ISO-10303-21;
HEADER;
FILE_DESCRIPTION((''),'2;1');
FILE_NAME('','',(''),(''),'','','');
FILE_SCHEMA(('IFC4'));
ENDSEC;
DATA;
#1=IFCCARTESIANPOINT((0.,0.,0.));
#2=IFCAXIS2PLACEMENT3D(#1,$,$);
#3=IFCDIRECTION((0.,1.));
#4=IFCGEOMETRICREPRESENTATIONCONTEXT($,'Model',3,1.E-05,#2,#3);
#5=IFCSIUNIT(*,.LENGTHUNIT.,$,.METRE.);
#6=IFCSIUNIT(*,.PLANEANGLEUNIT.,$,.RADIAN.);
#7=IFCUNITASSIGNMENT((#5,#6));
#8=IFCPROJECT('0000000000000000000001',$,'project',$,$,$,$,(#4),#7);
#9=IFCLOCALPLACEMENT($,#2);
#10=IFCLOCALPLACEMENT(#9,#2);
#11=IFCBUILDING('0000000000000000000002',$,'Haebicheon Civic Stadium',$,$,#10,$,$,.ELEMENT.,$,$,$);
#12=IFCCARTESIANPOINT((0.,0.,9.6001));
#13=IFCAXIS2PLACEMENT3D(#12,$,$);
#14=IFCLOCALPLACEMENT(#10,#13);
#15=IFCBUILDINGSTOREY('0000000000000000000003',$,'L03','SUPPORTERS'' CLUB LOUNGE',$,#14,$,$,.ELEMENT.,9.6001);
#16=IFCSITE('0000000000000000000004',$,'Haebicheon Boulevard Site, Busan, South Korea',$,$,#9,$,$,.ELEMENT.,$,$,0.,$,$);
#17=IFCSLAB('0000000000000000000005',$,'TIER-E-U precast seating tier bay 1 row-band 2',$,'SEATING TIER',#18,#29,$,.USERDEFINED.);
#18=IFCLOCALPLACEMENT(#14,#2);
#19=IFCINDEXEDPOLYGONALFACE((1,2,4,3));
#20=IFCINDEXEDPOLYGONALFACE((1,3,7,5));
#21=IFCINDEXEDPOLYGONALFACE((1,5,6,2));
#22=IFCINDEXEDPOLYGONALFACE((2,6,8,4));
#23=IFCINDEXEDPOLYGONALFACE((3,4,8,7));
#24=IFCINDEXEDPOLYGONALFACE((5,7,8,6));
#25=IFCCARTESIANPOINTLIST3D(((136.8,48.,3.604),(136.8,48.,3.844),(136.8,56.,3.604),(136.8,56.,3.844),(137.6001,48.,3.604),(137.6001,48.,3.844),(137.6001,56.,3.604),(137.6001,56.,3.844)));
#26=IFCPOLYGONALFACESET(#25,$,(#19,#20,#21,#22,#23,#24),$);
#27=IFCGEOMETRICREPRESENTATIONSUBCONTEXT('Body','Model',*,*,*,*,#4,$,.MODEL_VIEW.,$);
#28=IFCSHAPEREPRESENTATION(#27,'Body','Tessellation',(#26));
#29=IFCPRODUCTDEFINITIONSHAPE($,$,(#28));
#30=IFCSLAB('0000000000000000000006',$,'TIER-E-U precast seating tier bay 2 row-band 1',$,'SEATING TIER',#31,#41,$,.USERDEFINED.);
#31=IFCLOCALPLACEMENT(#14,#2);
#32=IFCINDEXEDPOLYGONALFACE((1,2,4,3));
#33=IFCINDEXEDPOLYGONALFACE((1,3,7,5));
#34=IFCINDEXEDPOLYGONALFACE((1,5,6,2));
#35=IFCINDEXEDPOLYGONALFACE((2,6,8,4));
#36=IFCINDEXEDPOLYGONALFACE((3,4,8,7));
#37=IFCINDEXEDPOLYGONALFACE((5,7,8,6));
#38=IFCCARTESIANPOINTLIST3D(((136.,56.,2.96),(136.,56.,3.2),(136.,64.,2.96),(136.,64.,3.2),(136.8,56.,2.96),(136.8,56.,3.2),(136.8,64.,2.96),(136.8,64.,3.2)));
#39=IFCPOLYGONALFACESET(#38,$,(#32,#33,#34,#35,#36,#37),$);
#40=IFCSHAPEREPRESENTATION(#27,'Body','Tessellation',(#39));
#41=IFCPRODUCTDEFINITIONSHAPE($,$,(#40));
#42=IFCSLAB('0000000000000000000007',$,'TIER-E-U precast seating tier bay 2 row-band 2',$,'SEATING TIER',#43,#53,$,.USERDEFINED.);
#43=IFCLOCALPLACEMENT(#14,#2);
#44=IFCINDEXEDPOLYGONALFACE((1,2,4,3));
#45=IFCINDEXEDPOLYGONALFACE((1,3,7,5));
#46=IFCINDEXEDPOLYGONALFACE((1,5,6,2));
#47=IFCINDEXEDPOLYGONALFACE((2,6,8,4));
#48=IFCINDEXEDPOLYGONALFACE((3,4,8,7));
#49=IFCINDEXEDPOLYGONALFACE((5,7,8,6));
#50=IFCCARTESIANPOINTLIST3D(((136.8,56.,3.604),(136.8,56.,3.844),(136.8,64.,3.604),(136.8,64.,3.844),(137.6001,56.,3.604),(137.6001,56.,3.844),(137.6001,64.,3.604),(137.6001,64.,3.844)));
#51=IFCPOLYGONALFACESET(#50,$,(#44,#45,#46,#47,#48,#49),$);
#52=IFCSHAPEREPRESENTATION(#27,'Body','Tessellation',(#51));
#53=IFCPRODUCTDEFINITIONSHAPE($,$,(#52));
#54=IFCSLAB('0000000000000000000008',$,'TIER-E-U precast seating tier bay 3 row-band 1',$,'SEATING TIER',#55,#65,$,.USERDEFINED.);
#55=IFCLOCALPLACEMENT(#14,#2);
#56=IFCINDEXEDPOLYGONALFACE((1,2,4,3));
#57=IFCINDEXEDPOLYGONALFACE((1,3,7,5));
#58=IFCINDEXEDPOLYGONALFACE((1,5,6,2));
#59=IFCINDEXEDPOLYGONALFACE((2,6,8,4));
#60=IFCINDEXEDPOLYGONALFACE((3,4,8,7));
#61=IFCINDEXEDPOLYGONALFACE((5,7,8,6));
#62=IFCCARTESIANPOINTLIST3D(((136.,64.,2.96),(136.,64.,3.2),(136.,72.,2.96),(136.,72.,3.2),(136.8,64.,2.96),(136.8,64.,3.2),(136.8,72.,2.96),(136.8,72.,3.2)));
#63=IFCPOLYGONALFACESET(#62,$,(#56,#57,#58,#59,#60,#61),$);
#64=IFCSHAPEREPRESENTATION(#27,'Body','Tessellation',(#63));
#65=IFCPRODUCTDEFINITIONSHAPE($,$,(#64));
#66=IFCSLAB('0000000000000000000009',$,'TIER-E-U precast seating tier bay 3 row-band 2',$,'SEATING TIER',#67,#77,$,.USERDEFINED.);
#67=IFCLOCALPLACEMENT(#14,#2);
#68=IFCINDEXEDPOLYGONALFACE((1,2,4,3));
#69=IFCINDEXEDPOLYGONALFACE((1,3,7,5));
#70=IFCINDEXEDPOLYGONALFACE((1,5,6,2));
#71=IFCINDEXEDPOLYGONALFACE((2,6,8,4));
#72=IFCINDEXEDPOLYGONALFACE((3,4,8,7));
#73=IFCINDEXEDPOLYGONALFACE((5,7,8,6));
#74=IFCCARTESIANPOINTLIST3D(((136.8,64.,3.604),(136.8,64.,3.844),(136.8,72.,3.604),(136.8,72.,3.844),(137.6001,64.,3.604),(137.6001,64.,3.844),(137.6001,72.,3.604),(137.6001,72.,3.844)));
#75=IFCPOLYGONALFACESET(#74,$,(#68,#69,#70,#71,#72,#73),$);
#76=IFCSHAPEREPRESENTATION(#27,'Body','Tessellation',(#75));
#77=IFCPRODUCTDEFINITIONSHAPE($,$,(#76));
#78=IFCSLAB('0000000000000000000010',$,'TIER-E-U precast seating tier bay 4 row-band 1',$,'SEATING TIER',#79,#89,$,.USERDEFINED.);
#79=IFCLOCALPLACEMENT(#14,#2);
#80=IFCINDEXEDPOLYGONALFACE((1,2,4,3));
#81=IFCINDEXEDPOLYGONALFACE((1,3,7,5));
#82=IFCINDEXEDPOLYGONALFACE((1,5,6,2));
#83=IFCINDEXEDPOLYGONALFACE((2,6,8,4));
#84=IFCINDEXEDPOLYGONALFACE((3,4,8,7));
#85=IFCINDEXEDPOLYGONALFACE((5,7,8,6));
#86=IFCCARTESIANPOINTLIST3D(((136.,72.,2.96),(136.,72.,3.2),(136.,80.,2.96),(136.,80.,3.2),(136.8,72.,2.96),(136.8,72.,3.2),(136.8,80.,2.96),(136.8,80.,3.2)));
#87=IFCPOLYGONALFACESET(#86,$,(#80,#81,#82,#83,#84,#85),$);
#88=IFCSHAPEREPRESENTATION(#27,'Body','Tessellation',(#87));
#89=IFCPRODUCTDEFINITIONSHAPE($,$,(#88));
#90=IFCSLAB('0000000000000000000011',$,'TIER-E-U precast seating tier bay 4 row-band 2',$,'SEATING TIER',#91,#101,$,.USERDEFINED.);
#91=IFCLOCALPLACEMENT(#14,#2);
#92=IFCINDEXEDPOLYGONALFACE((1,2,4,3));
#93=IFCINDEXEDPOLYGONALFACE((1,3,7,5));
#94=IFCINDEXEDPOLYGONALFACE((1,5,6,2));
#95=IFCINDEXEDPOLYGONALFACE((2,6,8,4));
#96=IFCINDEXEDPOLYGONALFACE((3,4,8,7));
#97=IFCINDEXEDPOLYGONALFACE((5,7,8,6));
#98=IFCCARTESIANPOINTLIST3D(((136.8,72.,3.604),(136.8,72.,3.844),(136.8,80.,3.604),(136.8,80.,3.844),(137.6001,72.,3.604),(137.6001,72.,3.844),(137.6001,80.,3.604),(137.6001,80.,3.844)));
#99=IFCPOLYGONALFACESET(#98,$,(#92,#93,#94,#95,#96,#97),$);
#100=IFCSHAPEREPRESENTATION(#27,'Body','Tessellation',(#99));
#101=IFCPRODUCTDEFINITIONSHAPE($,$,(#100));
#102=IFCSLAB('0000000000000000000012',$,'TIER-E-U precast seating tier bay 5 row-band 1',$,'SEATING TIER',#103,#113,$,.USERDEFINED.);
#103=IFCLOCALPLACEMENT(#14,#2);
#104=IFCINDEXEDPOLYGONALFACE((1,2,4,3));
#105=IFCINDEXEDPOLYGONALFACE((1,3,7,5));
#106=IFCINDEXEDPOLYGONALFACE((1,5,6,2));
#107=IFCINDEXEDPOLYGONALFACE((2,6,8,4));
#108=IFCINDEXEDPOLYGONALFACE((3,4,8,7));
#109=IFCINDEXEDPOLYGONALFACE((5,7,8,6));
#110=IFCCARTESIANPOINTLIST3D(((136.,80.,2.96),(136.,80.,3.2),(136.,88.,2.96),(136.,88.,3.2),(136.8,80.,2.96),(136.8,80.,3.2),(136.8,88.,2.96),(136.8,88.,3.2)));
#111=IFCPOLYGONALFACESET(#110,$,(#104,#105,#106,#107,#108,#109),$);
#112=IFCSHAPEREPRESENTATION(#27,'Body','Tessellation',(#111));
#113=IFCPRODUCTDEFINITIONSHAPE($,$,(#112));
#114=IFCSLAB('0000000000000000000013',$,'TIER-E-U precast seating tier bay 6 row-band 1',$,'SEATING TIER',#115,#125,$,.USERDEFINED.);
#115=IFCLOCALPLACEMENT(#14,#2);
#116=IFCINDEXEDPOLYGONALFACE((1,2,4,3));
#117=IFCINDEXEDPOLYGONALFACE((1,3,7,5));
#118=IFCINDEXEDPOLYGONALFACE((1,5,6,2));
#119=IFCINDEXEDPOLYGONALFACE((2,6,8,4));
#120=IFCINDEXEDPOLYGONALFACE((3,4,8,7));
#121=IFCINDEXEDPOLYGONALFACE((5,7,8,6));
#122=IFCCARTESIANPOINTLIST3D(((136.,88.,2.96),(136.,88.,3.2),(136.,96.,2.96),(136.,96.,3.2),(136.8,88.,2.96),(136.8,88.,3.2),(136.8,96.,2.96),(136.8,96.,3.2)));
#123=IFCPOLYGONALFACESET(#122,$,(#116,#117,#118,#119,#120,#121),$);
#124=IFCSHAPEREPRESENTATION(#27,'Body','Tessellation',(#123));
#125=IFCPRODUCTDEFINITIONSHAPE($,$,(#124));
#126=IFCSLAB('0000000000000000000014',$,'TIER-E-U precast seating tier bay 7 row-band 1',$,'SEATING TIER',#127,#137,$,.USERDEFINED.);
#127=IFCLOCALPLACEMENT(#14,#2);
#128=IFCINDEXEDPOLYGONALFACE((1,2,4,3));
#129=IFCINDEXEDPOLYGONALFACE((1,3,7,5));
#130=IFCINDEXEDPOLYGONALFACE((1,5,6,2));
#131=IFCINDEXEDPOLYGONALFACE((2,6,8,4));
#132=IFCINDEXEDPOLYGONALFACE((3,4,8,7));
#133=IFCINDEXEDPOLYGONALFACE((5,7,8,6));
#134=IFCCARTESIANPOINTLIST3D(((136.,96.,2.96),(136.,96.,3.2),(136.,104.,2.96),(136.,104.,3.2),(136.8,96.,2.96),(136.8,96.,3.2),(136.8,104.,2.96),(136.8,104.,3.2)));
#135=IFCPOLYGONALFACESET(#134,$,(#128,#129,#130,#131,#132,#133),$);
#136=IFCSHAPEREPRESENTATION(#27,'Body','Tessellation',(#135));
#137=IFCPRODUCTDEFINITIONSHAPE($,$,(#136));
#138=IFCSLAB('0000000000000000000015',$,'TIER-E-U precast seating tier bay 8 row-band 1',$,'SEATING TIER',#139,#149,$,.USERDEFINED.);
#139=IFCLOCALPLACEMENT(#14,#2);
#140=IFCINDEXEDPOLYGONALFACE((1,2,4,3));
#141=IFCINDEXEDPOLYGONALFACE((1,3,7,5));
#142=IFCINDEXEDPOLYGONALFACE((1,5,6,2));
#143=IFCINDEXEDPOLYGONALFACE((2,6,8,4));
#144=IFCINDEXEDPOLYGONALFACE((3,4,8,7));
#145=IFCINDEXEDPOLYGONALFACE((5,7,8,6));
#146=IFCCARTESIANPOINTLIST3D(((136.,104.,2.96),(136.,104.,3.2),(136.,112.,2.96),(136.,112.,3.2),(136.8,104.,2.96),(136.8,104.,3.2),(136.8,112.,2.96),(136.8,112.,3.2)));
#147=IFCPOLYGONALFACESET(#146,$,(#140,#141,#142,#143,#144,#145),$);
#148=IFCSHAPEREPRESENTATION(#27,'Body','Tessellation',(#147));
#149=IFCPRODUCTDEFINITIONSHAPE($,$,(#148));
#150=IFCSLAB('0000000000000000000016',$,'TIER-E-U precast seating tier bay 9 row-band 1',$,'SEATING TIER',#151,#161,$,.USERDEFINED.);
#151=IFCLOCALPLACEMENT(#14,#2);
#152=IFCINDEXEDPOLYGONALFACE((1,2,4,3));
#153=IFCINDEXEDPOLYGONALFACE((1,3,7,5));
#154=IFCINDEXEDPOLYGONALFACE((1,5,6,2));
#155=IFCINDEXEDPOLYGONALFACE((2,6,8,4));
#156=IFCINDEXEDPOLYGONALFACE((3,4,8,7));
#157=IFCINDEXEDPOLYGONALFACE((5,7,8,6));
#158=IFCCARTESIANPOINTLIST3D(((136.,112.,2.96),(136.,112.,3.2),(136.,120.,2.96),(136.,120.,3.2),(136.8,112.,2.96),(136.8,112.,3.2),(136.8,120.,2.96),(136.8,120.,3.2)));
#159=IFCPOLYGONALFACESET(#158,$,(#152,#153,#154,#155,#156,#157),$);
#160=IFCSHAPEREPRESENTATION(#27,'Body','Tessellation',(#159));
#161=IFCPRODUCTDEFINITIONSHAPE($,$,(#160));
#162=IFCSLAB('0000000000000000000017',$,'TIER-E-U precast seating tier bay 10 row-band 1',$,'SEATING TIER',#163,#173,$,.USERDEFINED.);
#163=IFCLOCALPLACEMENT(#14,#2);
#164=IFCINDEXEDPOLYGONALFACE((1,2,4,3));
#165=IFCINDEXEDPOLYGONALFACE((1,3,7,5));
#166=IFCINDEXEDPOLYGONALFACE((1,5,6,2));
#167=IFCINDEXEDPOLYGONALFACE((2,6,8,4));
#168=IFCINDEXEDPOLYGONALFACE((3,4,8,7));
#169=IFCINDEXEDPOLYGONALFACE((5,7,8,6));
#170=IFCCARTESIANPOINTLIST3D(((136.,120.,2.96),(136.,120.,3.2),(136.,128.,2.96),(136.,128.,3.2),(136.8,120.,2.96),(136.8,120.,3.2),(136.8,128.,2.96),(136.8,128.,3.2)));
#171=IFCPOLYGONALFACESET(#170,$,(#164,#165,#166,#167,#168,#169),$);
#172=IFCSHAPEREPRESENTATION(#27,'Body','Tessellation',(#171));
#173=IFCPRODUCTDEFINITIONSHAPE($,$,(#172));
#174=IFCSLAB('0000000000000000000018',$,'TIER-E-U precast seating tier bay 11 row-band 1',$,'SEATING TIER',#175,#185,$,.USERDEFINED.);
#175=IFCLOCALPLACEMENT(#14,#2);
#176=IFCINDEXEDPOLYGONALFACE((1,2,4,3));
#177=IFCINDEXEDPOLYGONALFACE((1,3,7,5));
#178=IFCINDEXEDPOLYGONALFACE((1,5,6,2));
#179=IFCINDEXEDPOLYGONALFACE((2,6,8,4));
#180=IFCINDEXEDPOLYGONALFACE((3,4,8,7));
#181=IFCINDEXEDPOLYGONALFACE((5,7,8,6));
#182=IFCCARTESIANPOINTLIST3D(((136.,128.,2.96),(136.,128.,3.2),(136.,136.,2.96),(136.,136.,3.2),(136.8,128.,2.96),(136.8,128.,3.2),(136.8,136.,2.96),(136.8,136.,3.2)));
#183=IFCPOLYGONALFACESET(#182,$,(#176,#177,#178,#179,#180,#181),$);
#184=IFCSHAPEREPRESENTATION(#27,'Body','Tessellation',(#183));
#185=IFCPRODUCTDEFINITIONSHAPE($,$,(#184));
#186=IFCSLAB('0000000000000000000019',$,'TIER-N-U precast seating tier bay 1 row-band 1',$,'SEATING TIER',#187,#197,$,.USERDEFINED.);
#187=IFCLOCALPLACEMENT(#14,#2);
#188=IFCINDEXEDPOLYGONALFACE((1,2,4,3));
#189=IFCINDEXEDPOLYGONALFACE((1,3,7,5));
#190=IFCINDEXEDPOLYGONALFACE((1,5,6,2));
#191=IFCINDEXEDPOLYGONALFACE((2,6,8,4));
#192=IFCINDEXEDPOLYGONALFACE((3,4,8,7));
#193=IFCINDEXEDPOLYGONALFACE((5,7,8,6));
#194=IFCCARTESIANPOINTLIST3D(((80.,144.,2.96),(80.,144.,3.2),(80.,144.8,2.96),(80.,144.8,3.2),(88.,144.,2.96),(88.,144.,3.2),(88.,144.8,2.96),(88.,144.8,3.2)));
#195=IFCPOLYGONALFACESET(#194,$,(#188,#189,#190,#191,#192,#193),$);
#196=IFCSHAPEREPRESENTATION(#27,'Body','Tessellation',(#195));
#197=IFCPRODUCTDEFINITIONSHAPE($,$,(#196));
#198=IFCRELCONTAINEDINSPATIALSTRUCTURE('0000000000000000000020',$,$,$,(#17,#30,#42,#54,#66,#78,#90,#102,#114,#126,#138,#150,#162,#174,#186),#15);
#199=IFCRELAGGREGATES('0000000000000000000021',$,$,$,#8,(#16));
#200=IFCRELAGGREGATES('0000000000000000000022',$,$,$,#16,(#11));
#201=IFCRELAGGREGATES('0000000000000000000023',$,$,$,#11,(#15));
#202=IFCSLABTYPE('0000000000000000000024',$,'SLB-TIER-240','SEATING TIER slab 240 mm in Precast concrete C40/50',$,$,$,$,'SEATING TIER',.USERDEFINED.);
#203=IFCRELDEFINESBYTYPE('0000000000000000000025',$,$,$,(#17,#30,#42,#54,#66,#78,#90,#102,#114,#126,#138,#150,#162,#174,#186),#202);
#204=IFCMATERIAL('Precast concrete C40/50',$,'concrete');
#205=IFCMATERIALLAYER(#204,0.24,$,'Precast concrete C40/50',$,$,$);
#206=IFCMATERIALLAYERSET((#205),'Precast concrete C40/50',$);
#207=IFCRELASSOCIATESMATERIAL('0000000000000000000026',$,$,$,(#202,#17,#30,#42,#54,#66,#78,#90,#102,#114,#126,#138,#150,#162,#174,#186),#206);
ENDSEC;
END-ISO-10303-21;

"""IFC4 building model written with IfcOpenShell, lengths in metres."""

from ifc_helpers import new_model, si_unit, direction, frame, origin, place, context, subcontext, project, spatial, polyline, outline, extrude, material, layer, layer_set, type_object, element, save


model = new_model("IFC4")

# Units and contexts
model_context = context("Model", 3, precision=1e-05, world=origin(), true_north=direction((0.0, 1.0)))
body_context = subcontext(model_context, "Body", "Model", "MODEL_VIEW")
ifc_project = project(units=[si_unit("LENGTHUNIT", "METRE"), si_unit("PLANEANGLEUNIT", "RADIAN")], contexts=[model_context])

# Site, building, storey
site_placement = place(None, origin())
site = spatial("IfcSite", under=ifc_project, at=site_placement, Name="Haebicheon Boulevard Site, Busan, South Korea", CompositionType="ELEMENT", RefElevation=0.0)
building_placement = place(site_placement, origin())
building = spatial("IfcBuilding", under=site, at=building_placement, Name="Haebicheon Civic Stadium", CompositionType="ELEMENT")
storey_placement = place(building_placement, frame((0.0, 0.0, 9.6001)))
storey = spatial("IfcBuildingStorey", under=building, at=storey_placement, Name="L03", Description="SUPPORTERS' CLUB LOUNGE", CompositionType="ELEMENT", Elevation=9.6001)

# Slabs
ifc_material = material(Name="Precast concrete C40/50", Category="concrete")
ifc_layer = layer(ifc_material, 0.24, Name="Precast concrete C40/50")
ifc_layer_set = layer_set([ifc_layer], Name="Precast concrete C40/50")
slab_type = type_object("IfcSlabType", Name="SLB-TIER-240", Description="SEATING TIER slab 240 mm in Precast concrete C40/50", ElementType="SEATING TIER", PredefinedType="USERDEFINED", material=ifc_layer_set)
slab_1_placement = place(storey_placement, frame((0.0, 0.0, 3.604)))
element("IfcSlab", 1, at=slab_1_placement, inside=storey, type_object=slab_type, material=ifc_layer_set, Name="TIER-E-U precast seating tier bay 1 row-band 2", ObjectType="SEATING TIER", PredefinedType="USERDEFINED", context=body_context, shape_type="SweptSolid", body=[
    extrude(outline(polyline([(136.8, 48.0), (137.6001, 48.0), (137.6001, 56.0), (136.8, 56.0), (136.8, 48.0)])), origin(), (0.0, 0.0, 1.0), 0.24),
])
slab_2_placement = place(storey_placement, frame((0.0, 0.0, 2.96)))
element("IfcSlab", 2, at=slab_2_placement, inside=storey, type_object=slab_type, material=ifc_layer_set, Name="TIER-E-U precast seating tier bay 2 row-band 1", ObjectType="SEATING TIER", PredefinedType="USERDEFINED", context=body_context, shape_type="SweptSolid", body=[
    extrude(outline(polyline([(136.0, 56.0), (136.8, 56.0), (136.8, 64.0), (136.0, 64.0), (136.0, 56.0)])), origin(), (0.0, 0.0, 1.0), 0.24),
])
slab_3_placement = place(storey_placement, frame((0.0, 0.0, 3.604)))
element("IfcSlab", 3, at=slab_3_placement, inside=storey, type_object=slab_type, material=ifc_layer_set, Name="TIER-E-U precast seating tier bay 2 row-band 2", ObjectType="SEATING TIER", PredefinedType="USERDEFINED", context=body_context, shape_type="SweptSolid", body=[
    extrude(outline(polyline([(136.8, 56.0), (137.6001, 56.0), (137.6001, 64.0), (136.8, 64.0), (136.8, 56.0)])), origin(), (0.0, 0.0, 1.0), 0.24),
])
slab_4_placement = place(storey_placement, frame((0.0, 0.0, 2.96)))
element("IfcSlab", 4, at=slab_4_placement, inside=storey, type_object=slab_type, material=ifc_layer_set, Name="TIER-E-U precast seating tier bay 3 row-band 1", ObjectType="SEATING TIER", PredefinedType="USERDEFINED", context=body_context, shape_type="SweptSolid", body=[
    extrude(outline(polyline([(136.0, 64.0), (136.8, 64.0), (136.8, 72.0), (136.0, 72.0), (136.0, 64.0)])), origin(), (0.0, 0.0, 1.0), 0.24),
])
slab_5_placement = place(storey_placement, frame((0.0, 0.0, 3.604)))
element("IfcSlab", 5, at=slab_5_placement, inside=storey, type_object=slab_type, material=ifc_layer_set, Name="TIER-E-U precast seating tier bay 3 row-band 2", ObjectType="SEATING TIER", PredefinedType="USERDEFINED", context=body_context, shape_type="SweptSolid", body=[
    extrude(outline(polyline([(136.8, 64.0), (137.6001, 64.0), (137.6001, 72.0), (136.8, 72.0), (136.8, 64.0)])), origin(), (0.0, 0.0, 1.0), 0.24),
])
slab_6_placement = place(storey_placement, frame((0.0, 0.0, 2.96)))
element("IfcSlab", 6, at=slab_6_placement, inside=storey, type_object=slab_type, material=ifc_layer_set, Name="TIER-E-U precast seating tier bay 4 row-band 1", ObjectType="SEATING TIER", PredefinedType="USERDEFINED", context=body_context, shape_type="SweptSolid", body=[
    extrude(outline(polyline([(136.0, 72.0), (136.8, 72.0), (136.8, 80.0), (136.0, 80.0), (136.0, 72.0)])), origin(), (0.0, 0.0, 1.0), 0.24),
])
slab_7_placement = place(storey_placement, frame((0.0, 0.0, 3.604)))
element("IfcSlab", 7, at=slab_7_placement, inside=storey, type_object=slab_type, material=ifc_layer_set, Name="TIER-E-U precast seating tier bay 4 row-band 2", ObjectType="SEATING TIER", PredefinedType="USERDEFINED", context=body_context, shape_type="SweptSolid", body=[
    extrude(outline(polyline([(136.8, 72.0), (137.6001, 72.0), (137.6001, 80.0), (136.8, 80.0), (136.8, 72.0)])), origin(), (0.0, 0.0, 1.0), 0.24),
])
slab_8_placement = place(storey_placement, frame((0.0, 0.0, 2.96)))
element("IfcSlab", 8, at=slab_8_placement, inside=storey, type_object=slab_type, material=ifc_layer_set, Name="TIER-E-U precast seating tier bay 5 row-band 1", ObjectType="SEATING TIER", PredefinedType="USERDEFINED", context=body_context, shape_type="SweptSolid", body=[
    extrude(outline(polyline([(136.0, 80.0), (136.8, 80.0), (136.8, 88.0), (136.0, 88.0), (136.0, 80.0)])), origin(), (0.0, 0.0, 1.0), 0.24),
])
slab_9_placement = place(storey_placement, frame((0.0, 0.0, 2.96)))
element("IfcSlab", 9, at=slab_9_placement, inside=storey, type_object=slab_type, material=ifc_layer_set, Name="TIER-E-U precast seating tier bay 6 row-band 1", ObjectType="SEATING TIER", PredefinedType="USERDEFINED", context=body_context, shape_type="SweptSolid", body=[
    extrude(outline(polyline([(136.0, 88.0), (136.8, 88.0), (136.8, 96.0), (136.0, 96.0), (136.0, 88.0)])), origin(), (0.0, 0.0, 1.0), 0.24),
])
slab_10_placement = place(storey_placement, frame((0.0, 0.0, 2.96)))
element("IfcSlab", 10, at=slab_10_placement, inside=storey, type_object=slab_type, material=ifc_layer_set, Name="TIER-E-U precast seating tier bay 7 row-band 1", ObjectType="SEATING TIER", PredefinedType="USERDEFINED", context=body_context, shape_type="SweptSolid", body=[
    extrude(outline(polyline([(136.0, 96.0), (136.8, 96.0), (136.8, 104.0), (136.0, 104.0), (136.0, 96.0)])), origin(), (0.0, 0.0, 1.0), 0.24),
])
slab_11_placement = place(storey_placement, frame((0.0, 0.0, 2.96)))
element("IfcSlab", 11, at=slab_11_placement, inside=storey, type_object=slab_type, material=ifc_layer_set, Name="TIER-E-U precast seating tier bay 8 row-band 1", ObjectType="SEATING TIER", PredefinedType="USERDEFINED", context=body_context, shape_type="SweptSolid", body=[
    extrude(outline(polyline([(136.0, 104.0), (136.8, 104.0), (136.8, 112.0), (136.0, 112.0), (136.0, 104.0)])), origin(), (0.0, 0.0, 1.0), 0.24),
])
slab_12_placement = place(storey_placement, frame((0.0, 0.0, 2.96)))
element("IfcSlab", 12, at=slab_12_placement, inside=storey, type_object=slab_type, material=ifc_layer_set, Name="TIER-E-U precast seating tier bay 9 row-band 1", ObjectType="SEATING TIER", PredefinedType="USERDEFINED", context=body_context, shape_type="SweptSolid", body=[
    extrude(outline(polyline([(136.0, 112.0), (136.8, 112.0), (136.8, 120.0), (136.0, 120.0), (136.0, 112.0)])), origin(), (0.0, 0.0, 1.0), 0.24),
])
slab_13_placement = place(storey_placement, frame((0.0, 0.0, 2.96)))
element("IfcSlab", 13, at=slab_13_placement, inside=storey, type_object=slab_type, material=ifc_layer_set, Name="TIER-E-U precast seating tier bay 10 row-band 1", ObjectType="SEATING TIER", PredefinedType="USERDEFINED", context=body_context, shape_type="SweptSolid", body=[
    extrude(outline(polyline([(136.0, 120.0), (136.8, 120.0), (136.8, 128.0), (136.0, 128.0), (136.0, 120.0)])), origin(), (0.0, 0.0, 1.0), 0.24),
])
slab_14_placement = place(storey_placement, frame((0.0, 0.0, 2.96)))
element("IfcSlab", 14, at=slab_14_placement, inside=storey, type_object=slab_type, material=ifc_layer_set, Name="TIER-E-U precast seating tier bay 11 row-band 1", ObjectType="SEATING TIER", PredefinedType="USERDEFINED", context=body_context, shape_type="SweptSolid", body=[
    extrude(outline(polyline([(136.0, 128.0), (136.8, 128.0), (136.8, 136.0), (136.0, 136.0), (136.0, 128.0)])), origin(), (0.0, 0.0, 1.0), 0.24),
])
slab_15_placement = place(storey_placement, frame((0.0, 0.0, 2.96)))
element("IfcSlab", 15, at=slab_15_placement, inside=storey, type_object=slab_type, material=ifc_layer_set, Name="TIER-N-U precast seating tier bay 1 row-band 1", ObjectType="SEATING TIER", PredefinedType="USERDEFINED", context=body_context, shape_type="SweptSolid", body=[
    extrude(outline(polyline([(80.0, 144.0), (88.0, 144.0), (88.0, 144.8), (80.0, 144.8), (80.0, 144.0)])), origin(), (0.0, 0.0, 1.0), 0.24),
])

save(model, "model.ifc")
